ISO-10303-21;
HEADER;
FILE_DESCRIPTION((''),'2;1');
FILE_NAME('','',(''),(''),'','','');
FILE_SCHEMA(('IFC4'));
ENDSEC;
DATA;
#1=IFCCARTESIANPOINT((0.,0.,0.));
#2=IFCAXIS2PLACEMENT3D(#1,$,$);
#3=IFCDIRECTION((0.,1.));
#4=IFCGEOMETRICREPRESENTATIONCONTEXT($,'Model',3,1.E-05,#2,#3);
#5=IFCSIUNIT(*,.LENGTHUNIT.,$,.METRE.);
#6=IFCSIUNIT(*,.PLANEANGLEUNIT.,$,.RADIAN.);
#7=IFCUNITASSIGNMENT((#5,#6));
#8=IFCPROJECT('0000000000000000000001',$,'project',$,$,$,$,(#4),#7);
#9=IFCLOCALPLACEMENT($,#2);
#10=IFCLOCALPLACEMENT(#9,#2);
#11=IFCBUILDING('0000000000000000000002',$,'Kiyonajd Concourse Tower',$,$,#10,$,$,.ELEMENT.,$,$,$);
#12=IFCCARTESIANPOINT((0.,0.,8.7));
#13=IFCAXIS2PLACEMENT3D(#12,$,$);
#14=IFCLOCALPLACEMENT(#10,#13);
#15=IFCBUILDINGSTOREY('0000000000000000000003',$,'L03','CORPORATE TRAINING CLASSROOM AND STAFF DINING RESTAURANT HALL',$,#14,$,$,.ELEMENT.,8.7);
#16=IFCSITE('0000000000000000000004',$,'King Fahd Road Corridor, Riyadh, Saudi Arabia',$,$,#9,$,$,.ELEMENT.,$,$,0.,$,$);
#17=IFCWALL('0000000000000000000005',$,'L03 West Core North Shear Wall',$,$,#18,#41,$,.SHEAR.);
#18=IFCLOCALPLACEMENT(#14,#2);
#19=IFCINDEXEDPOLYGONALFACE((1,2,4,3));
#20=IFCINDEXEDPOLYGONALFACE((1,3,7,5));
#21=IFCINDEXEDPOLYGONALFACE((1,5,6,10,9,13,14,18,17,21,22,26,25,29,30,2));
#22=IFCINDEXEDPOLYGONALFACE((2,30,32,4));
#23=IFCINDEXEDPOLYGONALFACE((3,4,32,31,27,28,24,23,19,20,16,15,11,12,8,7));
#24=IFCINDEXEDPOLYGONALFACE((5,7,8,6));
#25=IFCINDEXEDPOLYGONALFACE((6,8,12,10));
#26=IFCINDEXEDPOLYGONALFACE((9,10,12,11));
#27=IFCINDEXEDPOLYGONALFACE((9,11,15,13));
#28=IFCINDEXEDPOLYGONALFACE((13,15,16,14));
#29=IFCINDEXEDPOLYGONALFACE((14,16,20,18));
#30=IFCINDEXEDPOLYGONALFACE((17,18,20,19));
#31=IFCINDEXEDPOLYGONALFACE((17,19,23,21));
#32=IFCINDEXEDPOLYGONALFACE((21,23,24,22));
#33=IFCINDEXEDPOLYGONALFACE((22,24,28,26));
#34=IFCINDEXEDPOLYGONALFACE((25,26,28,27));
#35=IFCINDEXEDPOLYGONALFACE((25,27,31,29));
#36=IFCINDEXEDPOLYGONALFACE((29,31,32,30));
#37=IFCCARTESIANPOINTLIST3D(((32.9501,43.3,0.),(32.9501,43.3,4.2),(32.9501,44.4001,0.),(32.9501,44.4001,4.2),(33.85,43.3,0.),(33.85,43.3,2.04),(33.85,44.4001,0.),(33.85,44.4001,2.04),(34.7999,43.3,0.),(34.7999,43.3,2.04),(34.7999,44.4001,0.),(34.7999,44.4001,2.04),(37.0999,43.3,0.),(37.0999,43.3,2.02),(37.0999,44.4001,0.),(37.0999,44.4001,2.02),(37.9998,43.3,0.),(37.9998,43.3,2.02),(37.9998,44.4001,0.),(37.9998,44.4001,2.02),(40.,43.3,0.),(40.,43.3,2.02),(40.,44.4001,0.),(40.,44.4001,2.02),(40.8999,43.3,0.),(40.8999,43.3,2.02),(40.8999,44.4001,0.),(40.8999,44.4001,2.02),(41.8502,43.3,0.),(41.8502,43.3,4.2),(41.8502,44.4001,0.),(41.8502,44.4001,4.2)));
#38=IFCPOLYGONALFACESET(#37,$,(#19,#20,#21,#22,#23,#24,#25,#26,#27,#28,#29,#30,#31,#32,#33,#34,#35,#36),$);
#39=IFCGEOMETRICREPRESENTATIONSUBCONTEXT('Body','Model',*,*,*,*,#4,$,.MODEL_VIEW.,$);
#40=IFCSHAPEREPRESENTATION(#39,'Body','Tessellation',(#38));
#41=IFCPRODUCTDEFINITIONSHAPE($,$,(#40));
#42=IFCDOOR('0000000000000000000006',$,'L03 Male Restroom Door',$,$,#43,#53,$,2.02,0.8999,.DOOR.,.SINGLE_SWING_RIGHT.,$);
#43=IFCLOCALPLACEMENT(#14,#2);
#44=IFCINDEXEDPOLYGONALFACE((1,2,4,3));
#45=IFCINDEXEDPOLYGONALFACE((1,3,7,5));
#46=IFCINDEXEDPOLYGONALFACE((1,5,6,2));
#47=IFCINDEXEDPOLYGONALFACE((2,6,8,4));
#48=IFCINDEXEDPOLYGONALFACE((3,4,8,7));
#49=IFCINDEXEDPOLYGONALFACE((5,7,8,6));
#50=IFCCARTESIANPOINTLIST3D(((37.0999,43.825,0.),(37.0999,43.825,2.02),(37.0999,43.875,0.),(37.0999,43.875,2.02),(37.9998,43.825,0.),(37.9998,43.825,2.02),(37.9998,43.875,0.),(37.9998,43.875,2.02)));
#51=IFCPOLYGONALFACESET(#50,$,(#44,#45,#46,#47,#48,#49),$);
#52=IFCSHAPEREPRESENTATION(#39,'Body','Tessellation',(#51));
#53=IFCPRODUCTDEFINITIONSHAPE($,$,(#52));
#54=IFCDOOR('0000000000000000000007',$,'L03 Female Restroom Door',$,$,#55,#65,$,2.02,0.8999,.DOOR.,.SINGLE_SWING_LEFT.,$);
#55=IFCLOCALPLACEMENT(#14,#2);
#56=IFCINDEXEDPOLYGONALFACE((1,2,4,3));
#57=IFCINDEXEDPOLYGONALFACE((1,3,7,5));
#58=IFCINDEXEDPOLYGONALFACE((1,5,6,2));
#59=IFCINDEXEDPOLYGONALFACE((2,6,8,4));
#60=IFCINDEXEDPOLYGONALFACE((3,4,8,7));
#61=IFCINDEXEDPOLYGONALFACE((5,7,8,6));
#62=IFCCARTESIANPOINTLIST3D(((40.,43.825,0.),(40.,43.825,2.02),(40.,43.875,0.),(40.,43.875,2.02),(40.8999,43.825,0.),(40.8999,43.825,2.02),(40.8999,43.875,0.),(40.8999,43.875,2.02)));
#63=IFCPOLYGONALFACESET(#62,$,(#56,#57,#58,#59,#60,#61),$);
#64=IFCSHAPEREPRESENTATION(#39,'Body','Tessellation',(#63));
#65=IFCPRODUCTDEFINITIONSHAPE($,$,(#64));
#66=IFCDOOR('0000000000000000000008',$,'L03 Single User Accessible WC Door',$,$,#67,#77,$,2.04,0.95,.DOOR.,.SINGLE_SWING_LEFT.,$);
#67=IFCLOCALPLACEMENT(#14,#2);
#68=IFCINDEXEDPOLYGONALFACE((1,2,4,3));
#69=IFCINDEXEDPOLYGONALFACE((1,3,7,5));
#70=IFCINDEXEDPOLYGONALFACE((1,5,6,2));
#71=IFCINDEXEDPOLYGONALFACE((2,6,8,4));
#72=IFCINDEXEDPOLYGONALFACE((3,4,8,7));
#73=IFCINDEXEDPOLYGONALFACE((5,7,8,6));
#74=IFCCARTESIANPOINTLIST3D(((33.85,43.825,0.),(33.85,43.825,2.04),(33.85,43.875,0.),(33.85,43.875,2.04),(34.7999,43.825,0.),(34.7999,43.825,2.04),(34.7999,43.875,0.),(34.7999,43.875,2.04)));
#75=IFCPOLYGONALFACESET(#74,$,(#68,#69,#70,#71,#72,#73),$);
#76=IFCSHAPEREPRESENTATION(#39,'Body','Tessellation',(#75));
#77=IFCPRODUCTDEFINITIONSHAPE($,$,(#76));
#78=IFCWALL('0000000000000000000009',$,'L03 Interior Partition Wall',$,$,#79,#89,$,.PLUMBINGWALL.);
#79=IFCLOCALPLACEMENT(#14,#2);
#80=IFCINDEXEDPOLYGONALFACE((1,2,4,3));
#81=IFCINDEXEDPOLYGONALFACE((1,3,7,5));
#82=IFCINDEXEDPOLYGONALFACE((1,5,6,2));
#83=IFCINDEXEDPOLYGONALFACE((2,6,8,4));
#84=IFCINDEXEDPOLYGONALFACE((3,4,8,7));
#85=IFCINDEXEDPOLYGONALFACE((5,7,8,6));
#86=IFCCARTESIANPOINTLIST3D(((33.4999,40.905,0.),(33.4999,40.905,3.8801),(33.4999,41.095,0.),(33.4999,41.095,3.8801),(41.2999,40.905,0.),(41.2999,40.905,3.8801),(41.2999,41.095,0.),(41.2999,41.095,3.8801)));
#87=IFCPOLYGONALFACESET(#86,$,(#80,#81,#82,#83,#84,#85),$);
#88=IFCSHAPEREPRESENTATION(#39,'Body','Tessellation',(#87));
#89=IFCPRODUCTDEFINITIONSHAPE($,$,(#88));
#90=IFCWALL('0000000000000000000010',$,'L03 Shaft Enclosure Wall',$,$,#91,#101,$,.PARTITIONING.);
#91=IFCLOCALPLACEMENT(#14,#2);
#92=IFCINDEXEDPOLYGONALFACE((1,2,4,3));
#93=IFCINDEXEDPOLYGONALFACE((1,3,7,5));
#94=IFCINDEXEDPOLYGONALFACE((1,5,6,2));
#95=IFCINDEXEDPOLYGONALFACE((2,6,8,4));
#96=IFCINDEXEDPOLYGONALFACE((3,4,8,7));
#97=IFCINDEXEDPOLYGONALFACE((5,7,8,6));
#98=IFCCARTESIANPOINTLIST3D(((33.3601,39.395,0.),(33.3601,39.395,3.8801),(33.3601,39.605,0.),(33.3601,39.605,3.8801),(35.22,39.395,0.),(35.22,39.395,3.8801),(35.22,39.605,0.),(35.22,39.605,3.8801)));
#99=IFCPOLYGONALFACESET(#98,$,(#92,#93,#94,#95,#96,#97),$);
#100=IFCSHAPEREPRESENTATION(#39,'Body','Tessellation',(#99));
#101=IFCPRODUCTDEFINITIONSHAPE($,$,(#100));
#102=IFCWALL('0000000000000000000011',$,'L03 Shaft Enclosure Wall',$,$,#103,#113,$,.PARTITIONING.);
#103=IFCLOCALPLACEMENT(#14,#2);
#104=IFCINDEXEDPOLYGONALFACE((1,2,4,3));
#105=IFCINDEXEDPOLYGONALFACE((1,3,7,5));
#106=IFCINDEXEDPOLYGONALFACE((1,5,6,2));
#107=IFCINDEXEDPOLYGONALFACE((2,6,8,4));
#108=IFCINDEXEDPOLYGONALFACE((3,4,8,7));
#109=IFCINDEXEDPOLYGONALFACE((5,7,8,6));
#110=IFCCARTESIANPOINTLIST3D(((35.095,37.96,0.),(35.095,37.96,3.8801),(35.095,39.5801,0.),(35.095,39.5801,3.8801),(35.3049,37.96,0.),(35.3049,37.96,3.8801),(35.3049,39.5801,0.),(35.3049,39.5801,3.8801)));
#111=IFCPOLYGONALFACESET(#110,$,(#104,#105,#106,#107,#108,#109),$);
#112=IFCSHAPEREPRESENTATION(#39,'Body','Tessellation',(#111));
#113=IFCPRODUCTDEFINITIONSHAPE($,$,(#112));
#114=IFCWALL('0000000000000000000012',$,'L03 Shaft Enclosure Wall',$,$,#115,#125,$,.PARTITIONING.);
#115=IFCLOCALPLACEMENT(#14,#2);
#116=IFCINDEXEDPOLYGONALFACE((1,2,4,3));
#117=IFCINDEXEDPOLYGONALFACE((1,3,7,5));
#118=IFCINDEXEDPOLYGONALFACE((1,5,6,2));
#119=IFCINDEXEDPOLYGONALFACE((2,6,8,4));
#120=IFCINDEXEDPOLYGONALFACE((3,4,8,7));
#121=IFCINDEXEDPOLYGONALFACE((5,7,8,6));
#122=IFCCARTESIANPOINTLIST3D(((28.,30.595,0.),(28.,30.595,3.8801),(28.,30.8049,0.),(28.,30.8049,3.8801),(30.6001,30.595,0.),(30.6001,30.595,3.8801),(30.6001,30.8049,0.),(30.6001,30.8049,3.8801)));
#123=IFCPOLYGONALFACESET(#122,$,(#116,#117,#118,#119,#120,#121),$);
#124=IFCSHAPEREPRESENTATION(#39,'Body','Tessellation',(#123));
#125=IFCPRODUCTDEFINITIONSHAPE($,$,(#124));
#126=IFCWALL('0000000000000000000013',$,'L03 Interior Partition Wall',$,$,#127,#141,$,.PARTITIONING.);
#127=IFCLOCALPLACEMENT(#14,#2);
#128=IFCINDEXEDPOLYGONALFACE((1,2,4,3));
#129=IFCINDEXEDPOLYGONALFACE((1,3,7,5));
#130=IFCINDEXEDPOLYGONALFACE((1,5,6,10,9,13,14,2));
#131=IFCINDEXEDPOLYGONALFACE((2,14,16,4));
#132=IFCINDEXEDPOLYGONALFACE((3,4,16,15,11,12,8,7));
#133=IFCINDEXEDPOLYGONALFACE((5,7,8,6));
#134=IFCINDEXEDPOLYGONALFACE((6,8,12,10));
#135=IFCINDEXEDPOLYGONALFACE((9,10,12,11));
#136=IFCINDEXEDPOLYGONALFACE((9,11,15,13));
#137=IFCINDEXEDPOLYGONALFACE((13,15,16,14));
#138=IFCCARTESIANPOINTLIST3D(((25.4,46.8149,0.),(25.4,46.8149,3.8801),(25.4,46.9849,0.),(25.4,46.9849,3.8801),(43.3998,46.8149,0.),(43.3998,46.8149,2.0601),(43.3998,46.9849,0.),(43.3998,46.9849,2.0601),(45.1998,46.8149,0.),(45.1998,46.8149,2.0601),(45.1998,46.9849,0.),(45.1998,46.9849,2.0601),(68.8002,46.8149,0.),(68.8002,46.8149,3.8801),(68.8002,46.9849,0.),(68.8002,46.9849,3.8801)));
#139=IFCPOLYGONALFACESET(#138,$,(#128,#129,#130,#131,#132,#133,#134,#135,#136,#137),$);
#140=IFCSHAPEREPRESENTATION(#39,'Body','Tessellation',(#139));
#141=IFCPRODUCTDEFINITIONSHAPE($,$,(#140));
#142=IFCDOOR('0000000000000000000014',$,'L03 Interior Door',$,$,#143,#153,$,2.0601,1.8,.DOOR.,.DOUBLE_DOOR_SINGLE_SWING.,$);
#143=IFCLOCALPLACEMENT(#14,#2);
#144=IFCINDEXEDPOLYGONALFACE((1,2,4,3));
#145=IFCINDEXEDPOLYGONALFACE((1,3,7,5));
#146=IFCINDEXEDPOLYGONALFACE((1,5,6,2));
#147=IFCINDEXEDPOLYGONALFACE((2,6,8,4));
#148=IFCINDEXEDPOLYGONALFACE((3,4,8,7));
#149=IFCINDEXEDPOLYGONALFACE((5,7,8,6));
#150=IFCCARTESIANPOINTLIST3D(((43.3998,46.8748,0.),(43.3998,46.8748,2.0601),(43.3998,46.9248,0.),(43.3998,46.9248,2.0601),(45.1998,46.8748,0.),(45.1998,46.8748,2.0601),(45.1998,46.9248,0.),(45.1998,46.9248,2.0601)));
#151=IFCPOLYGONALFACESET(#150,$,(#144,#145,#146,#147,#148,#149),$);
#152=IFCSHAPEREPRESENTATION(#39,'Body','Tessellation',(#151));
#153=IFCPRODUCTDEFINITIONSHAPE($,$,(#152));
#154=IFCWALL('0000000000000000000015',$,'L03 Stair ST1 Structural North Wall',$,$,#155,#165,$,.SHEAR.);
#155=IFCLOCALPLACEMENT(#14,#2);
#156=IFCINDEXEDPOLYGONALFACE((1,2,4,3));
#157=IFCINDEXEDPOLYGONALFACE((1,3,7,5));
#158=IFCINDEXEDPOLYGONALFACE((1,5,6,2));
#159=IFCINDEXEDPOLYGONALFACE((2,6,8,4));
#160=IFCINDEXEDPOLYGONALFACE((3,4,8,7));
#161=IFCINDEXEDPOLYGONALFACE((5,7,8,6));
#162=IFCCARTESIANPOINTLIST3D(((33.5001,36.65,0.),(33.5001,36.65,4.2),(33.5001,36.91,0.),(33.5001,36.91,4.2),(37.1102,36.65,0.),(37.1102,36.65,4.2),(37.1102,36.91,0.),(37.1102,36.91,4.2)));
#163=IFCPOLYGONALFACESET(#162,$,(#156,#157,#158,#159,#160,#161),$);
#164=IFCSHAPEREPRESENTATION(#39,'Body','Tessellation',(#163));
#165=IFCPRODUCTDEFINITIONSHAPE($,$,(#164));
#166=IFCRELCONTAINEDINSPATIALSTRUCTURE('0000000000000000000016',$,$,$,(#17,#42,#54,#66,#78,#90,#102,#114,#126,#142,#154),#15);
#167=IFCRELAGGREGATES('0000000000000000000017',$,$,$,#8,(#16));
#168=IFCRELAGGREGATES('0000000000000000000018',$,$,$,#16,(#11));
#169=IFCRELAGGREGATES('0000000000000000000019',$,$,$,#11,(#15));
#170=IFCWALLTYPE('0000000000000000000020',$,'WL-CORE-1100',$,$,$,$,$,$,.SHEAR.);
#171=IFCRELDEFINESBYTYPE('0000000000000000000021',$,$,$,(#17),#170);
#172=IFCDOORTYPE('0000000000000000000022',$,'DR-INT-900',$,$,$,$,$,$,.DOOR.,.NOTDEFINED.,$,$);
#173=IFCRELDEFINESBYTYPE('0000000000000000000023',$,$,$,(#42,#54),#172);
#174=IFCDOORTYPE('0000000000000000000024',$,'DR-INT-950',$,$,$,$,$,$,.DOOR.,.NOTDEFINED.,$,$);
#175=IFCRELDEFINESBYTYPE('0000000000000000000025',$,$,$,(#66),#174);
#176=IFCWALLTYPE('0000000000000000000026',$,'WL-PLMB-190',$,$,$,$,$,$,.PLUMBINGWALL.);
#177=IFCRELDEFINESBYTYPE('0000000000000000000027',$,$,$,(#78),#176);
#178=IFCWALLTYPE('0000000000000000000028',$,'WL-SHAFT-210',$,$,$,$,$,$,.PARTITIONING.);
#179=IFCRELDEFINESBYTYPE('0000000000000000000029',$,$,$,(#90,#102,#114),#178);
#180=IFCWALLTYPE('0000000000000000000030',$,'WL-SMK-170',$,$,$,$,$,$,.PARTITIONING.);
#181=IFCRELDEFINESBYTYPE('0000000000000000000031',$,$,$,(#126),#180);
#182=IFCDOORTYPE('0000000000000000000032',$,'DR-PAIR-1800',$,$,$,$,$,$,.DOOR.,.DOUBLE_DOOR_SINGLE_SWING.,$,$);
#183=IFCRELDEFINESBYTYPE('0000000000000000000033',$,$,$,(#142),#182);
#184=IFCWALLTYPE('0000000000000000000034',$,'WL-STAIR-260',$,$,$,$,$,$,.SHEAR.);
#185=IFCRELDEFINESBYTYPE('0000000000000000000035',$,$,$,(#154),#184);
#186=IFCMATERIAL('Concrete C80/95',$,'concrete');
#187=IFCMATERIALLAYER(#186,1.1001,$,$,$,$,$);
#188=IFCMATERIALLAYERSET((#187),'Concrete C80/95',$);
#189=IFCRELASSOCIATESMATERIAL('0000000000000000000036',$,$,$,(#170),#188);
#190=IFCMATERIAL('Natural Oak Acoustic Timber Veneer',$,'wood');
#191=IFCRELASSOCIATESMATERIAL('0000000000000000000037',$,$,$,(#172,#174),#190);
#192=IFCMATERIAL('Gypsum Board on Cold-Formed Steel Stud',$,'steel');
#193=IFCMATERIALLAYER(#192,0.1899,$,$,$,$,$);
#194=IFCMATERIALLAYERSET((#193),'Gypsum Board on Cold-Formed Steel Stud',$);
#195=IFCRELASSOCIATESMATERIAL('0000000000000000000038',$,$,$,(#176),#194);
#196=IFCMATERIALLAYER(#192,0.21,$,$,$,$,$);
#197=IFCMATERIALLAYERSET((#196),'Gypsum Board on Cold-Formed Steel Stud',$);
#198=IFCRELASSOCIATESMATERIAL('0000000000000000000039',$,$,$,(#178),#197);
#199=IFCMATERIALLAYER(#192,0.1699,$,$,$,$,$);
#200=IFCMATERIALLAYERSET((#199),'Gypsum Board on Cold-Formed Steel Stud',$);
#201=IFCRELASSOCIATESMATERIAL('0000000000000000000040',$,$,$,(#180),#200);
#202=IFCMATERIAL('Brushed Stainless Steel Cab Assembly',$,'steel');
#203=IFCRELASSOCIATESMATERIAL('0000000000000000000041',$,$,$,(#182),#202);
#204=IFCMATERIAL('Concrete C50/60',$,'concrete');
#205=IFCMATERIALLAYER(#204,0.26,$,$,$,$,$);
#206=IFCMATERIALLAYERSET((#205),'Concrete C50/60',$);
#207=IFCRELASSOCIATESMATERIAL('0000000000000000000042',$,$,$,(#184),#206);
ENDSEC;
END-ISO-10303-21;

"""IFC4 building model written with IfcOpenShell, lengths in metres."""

from ifc_helpers import new_model, si_unit, direction, frame, frame_2d, origin, place, context, subcontext, project, spatial, rectangle, extrude, material, layer, layer_set, type_object, element, fill, save


model = new_model("IFC4")

# Units and contexts
model_context = context("Model", 3, precision=1e-05, world=origin(), true_north=direction((0.0, 1.0)))
body_context = subcontext(model_context, "Body", "Model", "MODEL_VIEW")
ifc_project = project(units=[si_unit("LENGTHUNIT", "METRE"), si_unit("PLANEANGLEUNIT", "RADIAN")], contexts=[model_context])

# Site, building, storey
site_placement = place(None, origin())
site = spatial("IfcSite", under=ifc_project, at=site_placement, Name="King Fahd Road Corridor, Riyadh, Saudi Arabia", CompositionType="ELEMENT", RefElevation=0.0)
building_placement = place(site_placement, origin())
building = spatial("IfcBuilding", under=site, at=building_placement, Name="Kiyonajd Concourse Tower", CompositionType="ELEMENT")
storey_placement = place(building_placement, frame((0.0, 0.0, 8.7)))
storey = spatial("IfcBuildingStorey", under=building, at=storey_placement, Name="L03", Description="CORPORATE TRAINING CLASSROOM AND STAFF DINING RESTAURANT HALL", CompositionType="ELEMENT", Elevation=8.7)

# Shared definitions
ifc_material_1 = material(Name="Concrete C80/95", Category="concrete")

# Shared definitions
ifc_material_2 = material(Name="Concrete C50/60", Category="concrete")

# Wall, openings, doors
ifc_layer_1 = layer(ifc_material_1, 1.1001)
ifc_layer_set_1 = layer_set([ifc_layer_1], Name="Concrete C80/95")
wall_type_1 = type_object("IfcWallType", Name="WL-CORE-1100", PredefinedType="SHEAR", material=ifc_layer_set_1)
wall_1_placement = place(storey_placement, frame((32.95, 43.8501, 0.0), z_axis=(0.0, 0.0, 1.0), x_axis=(1.0, 0.0, 0.0)))
wall_1 = element("IfcWall", 1, at=wall_1_placement, inside=storey, type_object=wall_type_1, Name="L03 West Core North Shear Wall", PredefinedType="SHEAR", context=body_context, shape_type="SweptSolid", body=[
    extrude(rectangle(XDim=8.9001, YDim=1.1001, at=frame_2d((4.4502, 0.0))), origin(), (0.0, 0.0, 1.0), 4.2),
])
opening_1_placement = place(wall_1_placement, frame((0.8999, 0.0, 0.0)))
opening_1 = element("IfcOpeningElement", 2, at=opening_1_placement, cuts=wall_1, PredefinedType="OPENING", context=body_context, shape_type="SweptSolid", body=[
    extrude(rectangle(XDim=0.95, YDim=2.04, at=frame_2d((0.4751, 1.02))), frame((0.0, 0.5601, 0.0), z_axis=(0.0, -1.0, 0.0), x_axis=(1.0, 0.0, 0.0)), (0.0, 0.0, 1.0), 1.1201),
])
opening_2_placement = place(wall_1_placement, frame((4.1499, 0.0, 0.0)))
opening_2 = element("IfcOpeningElement", 3, at=opening_2_placement, cuts=wall_1, PredefinedType="OPENING", context=body_context, shape_type="SweptSolid", body=[
    extrude(rectangle(XDim=0.8999, YDim=2.02, at=frame_2d((0.45, 1.01))), frame((0.0, 0.5601, 0.0), z_axis=(0.0, -1.0, 0.0), x_axis=(1.0, 0.0, 0.0)), (0.0, 0.0, 1.0), 1.1201),
])
opening_3_placement = place(wall_1_placement, frame((7.05, 0.0, 0.0)))
opening_3 = element("IfcOpeningElement", 4, at=opening_3_placement, cuts=wall_1, PredefinedType="OPENING", context=body_context, shape_type="SweptSolid", body=[
    extrude(rectangle(XDim=0.8999, YDim=2.02, at=frame_2d((0.45, 1.01))), frame((0.0, 0.5601, 0.0), z_axis=(0.0, -1.0, 0.0), x_axis=(1.0, 0.0, 0.0)), (0.0, 0.0, 1.0), 1.1201),
])
ifc_material_3 = material(Name="Natural Oak Acoustic Timber Veneer", Category="wood")
door_type_1 = type_object("IfcDoorType", Name="DR-INT-900", OperationType="NOTDEFINED", PredefinedType="DOOR", material=ifc_material_3)
door_1_placement = place(opening_2_placement, origin())
door_1 = element("IfcDoor", 5, at=door_1_placement, inside=storey, type_object=door_type_1, Name="L03 Male Restroom Door", OperationType="SINGLE_SWING_RIGHT", OverallHeight=2.02, OverallWidth=0.8999, PredefinedType="DOOR", context=body_context, shape_type="SweptSolid", body=[
    extrude(rectangle(XDim=0.8999, YDim=2.02, at=frame_2d((0.45, 1.01))), frame((0.0, 0.0249, 0.0), z_axis=(0.0, -1.0, 0.0), x_axis=(1.0, 0.0, 0.0)), (0.0, 0.0, 1.0), 0.05),
])
fill(opening_2, door_1)
door_2_placement = place(opening_3_placement, origin())
door_2 = element("IfcDoor", 6, at=door_2_placement, inside=storey, type_object=door_type_1, Name="L03 Female Restroom Door", OperationType="SINGLE_SWING_LEFT", OverallHeight=2.02, OverallWidth=0.8999, PredefinedType="DOOR", context=body_context, shape_type="SweptSolid", body=[
    extrude(rectangle(XDim=0.8999, YDim=2.02, at=frame_2d((0.45, 1.01))), frame((0.0, 0.0249, 0.0), z_axis=(0.0, -1.0, 0.0), x_axis=(1.0, 0.0, 0.0)), (0.0, 0.0, 1.0), 0.05),
])
fill(opening_3, door_2)
door_type_2 = type_object("IfcDoorType", Name="DR-INT-950", OperationType="NOTDEFINED", PredefinedType="DOOR", material=ifc_material_3)
door_3_placement = place(opening_1_placement, origin())
door_3 = element("IfcDoor", 7, at=door_3_placement, inside=storey, type_object=door_type_2, Name="L03 Single User Accessible WC Door", OperationType="SINGLE_SWING_LEFT", OverallHeight=2.04, OverallWidth=0.95, PredefinedType="DOOR", context=body_context, shape_type="SweptSolid", body=[
    extrude(rectangle(XDim=0.95, YDim=2.04, at=frame_2d((0.4751, 1.02))), frame((0.0, 0.0249, 0.0), z_axis=(0.0, -1.0, 0.0), x_axis=(1.0, 0.0, 0.0)), (0.0, 0.0, 1.0), 0.05),
])
fill(opening_1, door_3)

# Walls
ifc_material_4 = material(Name="Gypsum Board on Cold-Formed Steel Stud", Category="steel")
ifc_layer_2 = layer(ifc_material_4, 0.1899)
ifc_layer_set_2 = layer_set([ifc_layer_2], Name="Gypsum Board on Cold-Formed Steel Stud")
wall_type_2 = type_object("IfcWallType", Name="WL-PLMB-190", PredefinedType="PLUMBINGWALL", material=ifc_layer_set_2)
wall_2_placement = place(storey_placement, frame((33.5, 41.0, 0.0), z_axis=(0.0, 0.0, 1.0), x_axis=(1.0, 0.0, 0.0)))
element("IfcWall", 8, at=wall_2_placement, inside=storey, type_object=wall_type_2, Name="L03 Interior Partition Wall", PredefinedType="PLUMBINGWALL", context=body_context, shape_type="SweptSolid", body=[
    extrude(rectangle(XDim=7.8, YDim=0.1899, at=frame_2d((3.8999, 0.0))), origin(), (0.0, 0.0, 1.0), 3.8801),
])
ifc_layer_3 = layer(ifc_material_4, 0.21)
ifc_layer_set_3 = layer_set([ifc_layer_3], Name="Gypsum Board on Cold-Formed Steel Stud")
wall_type_3 = type_object("IfcWallType", Name="WL-SHAFT-210", PredefinedType="PARTITIONING", material=ifc_layer_set_3)
wall_3_placement = place(storey_placement, frame((33.3601, 39.5, 0.0), z_axis=(0.0, 0.0, 1.0), x_axis=(1.0, 0.0, 0.0)))
element("IfcWall", 9, at=wall_3_placement, inside=storey, type_object=wall_type_3, Name="L03 Shaft Enclosure Wall", PredefinedType="PARTITIONING", context=body_context, shape_type="SweptSolid", body=[
    extrude(rectangle(XDim=1.8599, YDim=0.21, at=frame_2d((0.9299, 0.0))), origin(), (0.0, 0.0, 1.0), 3.8801),
])
wall_4_placement = place(storey_placement, frame((35.2, 37.96, 0.0), z_axis=(0.0, 0.0, 1.0), x_axis=(0.0, 1.0, 0.0)))
element("IfcWall", 10, at=wall_4_placement, inside=storey, type_object=wall_type_3, Name="L03 Shaft Enclosure Wall", PredefinedType="PARTITIONING", context=body_context, shape_type="SweptSolid", body=[
    extrude(rectangle(XDim=1.6201, YDim=0.21, at=frame_2d((0.8101, 0.0))), origin(), (0.0, 0.0, 1.0), 3.8801),
])
wall_5_placement = place(storey_placement, frame((28.0, 30.7, 0.0), z_axis=(0.0, 0.0, 1.0), x_axis=(1.0, 0.0, 0.0)))
element("IfcWall", 11, at=wall_5_placement, inside=storey, type_object=wall_type_3, Name="L03 Shaft Enclosure Wall", PredefinedType="PARTITIONING", context=body_context, shape_type="SweptSolid", body=[
    extrude(rectangle(XDim=2.6001, YDim=0.21, at=frame_2d((1.3, 0.0))), origin(), (0.0, 0.0, 1.0), 3.8801),
])

# Wall, opening, door
ifc_layer_4 = layer(ifc_material_4, 0.1699)
ifc_layer_set_4 = layer_set([ifc_layer_4], Name="Gypsum Board on Cold-Formed Steel Stud")
wall_type_4 = type_object("IfcWallType", Name="WL-SMK-170", PredefinedType="PARTITIONING", material=ifc_layer_set_4)
wall_6_placement = place(storey_placement, frame((25.3999, 46.8999, 0.0), z_axis=(0.0, 0.0, 1.0), x_axis=(1.0, 0.0, 0.0)))
wall_6 = element("IfcWall", 12, at=wall_6_placement, inside=storey, type_object=wall_type_4, Name="L03 Interior Partition Wall", PredefinedType="PARTITIONING", context=body_context, shape_type="SweptSolid", body=[
    extrude(rectangle(XDim=43.4001, YDim=0.1699, at=frame_2d((21.7002, 0.0))), origin(), (0.0, 0.0, 1.0), 3.8801),
])
opening_4_placement = place(wall_6_placement, frame((18.0, 0.0, 0.0)))
opening_4 = element("IfcOpeningElement", 13, at=opening_4_placement, cuts=wall_6, PredefinedType="OPENING", context=body_context, shape_type="SweptSolid", body=[
    extrude(rectangle(XDim=1.8, YDim=2.0601, at=frame_2d((0.8999, 1.03))), frame((0.0, 0.095, 0.0), z_axis=(0.0, -1.0, 0.0), x_axis=(1.0, 0.0, 0.0)), (0.0, 0.0, 1.0), 0.1899),
])
ifc_material_5 = material(Name="Brushed Stainless Steel Cab Assembly", Category="steel")
door_type_3 = type_object("IfcDoorType", Name="DR-PAIR-1800", OperationType="DOUBLE_DOOR_SINGLE_SWING", PredefinedType="DOOR", material=ifc_material_5)
door_4_placement = place(opening_4_placement, origin())
door_4 = element("IfcDoor", 14, at=door_4_placement, inside=storey, type_object=door_type_3, Name="L03 Interior Door", OperationType="DOUBLE_DOOR_SINGLE_SWING", OverallHeight=2.0601, OverallWidth=1.8, PredefinedType="DOOR", context=body_context, shape_type="SweptSolid", body=[
    extrude(rectangle(XDim=1.8, YDim=2.0601, at=frame_2d((0.8999, 1.03))), frame((0.0, 0.0249, 0.0), z_axis=(0.0, -1.0, 0.0), x_axis=(1.0, 0.0, 0.0)), (0.0, 0.0, 1.0), 0.05),
])
fill(opening_4, door_4)

# Wall
ifc_layer_5 = layer(ifc_material_2, 0.26)
ifc_layer_set_5 = layer_set([ifc_layer_5], Name="Concrete C50/60")
wall_type_5 = type_object("IfcWallType", Name="WL-STAIR-260", PredefinedType="SHEAR", material=ifc_layer_set_5)
wall_7_placement = place(storey_placement, frame((33.5, 36.78, 0.0), z_axis=(0.0, 0.0, 1.0), x_axis=(1.0, 0.0, 0.0)))
element("IfcWall", 15, at=wall_7_placement, inside=storey, type_object=wall_type_5, Name="L03 Stair ST1 Structural North Wall", PredefinedType="SHEAR", context=body_context, shape_type="SweptSolid", body=[
    extrude(rectangle(XDim=3.6101, YDim=0.26, at=frame_2d((1.8052, 0.0))), origin(), (0.0, 0.0, 1.0), 4.2),
])

save(model, "model.ifc")
